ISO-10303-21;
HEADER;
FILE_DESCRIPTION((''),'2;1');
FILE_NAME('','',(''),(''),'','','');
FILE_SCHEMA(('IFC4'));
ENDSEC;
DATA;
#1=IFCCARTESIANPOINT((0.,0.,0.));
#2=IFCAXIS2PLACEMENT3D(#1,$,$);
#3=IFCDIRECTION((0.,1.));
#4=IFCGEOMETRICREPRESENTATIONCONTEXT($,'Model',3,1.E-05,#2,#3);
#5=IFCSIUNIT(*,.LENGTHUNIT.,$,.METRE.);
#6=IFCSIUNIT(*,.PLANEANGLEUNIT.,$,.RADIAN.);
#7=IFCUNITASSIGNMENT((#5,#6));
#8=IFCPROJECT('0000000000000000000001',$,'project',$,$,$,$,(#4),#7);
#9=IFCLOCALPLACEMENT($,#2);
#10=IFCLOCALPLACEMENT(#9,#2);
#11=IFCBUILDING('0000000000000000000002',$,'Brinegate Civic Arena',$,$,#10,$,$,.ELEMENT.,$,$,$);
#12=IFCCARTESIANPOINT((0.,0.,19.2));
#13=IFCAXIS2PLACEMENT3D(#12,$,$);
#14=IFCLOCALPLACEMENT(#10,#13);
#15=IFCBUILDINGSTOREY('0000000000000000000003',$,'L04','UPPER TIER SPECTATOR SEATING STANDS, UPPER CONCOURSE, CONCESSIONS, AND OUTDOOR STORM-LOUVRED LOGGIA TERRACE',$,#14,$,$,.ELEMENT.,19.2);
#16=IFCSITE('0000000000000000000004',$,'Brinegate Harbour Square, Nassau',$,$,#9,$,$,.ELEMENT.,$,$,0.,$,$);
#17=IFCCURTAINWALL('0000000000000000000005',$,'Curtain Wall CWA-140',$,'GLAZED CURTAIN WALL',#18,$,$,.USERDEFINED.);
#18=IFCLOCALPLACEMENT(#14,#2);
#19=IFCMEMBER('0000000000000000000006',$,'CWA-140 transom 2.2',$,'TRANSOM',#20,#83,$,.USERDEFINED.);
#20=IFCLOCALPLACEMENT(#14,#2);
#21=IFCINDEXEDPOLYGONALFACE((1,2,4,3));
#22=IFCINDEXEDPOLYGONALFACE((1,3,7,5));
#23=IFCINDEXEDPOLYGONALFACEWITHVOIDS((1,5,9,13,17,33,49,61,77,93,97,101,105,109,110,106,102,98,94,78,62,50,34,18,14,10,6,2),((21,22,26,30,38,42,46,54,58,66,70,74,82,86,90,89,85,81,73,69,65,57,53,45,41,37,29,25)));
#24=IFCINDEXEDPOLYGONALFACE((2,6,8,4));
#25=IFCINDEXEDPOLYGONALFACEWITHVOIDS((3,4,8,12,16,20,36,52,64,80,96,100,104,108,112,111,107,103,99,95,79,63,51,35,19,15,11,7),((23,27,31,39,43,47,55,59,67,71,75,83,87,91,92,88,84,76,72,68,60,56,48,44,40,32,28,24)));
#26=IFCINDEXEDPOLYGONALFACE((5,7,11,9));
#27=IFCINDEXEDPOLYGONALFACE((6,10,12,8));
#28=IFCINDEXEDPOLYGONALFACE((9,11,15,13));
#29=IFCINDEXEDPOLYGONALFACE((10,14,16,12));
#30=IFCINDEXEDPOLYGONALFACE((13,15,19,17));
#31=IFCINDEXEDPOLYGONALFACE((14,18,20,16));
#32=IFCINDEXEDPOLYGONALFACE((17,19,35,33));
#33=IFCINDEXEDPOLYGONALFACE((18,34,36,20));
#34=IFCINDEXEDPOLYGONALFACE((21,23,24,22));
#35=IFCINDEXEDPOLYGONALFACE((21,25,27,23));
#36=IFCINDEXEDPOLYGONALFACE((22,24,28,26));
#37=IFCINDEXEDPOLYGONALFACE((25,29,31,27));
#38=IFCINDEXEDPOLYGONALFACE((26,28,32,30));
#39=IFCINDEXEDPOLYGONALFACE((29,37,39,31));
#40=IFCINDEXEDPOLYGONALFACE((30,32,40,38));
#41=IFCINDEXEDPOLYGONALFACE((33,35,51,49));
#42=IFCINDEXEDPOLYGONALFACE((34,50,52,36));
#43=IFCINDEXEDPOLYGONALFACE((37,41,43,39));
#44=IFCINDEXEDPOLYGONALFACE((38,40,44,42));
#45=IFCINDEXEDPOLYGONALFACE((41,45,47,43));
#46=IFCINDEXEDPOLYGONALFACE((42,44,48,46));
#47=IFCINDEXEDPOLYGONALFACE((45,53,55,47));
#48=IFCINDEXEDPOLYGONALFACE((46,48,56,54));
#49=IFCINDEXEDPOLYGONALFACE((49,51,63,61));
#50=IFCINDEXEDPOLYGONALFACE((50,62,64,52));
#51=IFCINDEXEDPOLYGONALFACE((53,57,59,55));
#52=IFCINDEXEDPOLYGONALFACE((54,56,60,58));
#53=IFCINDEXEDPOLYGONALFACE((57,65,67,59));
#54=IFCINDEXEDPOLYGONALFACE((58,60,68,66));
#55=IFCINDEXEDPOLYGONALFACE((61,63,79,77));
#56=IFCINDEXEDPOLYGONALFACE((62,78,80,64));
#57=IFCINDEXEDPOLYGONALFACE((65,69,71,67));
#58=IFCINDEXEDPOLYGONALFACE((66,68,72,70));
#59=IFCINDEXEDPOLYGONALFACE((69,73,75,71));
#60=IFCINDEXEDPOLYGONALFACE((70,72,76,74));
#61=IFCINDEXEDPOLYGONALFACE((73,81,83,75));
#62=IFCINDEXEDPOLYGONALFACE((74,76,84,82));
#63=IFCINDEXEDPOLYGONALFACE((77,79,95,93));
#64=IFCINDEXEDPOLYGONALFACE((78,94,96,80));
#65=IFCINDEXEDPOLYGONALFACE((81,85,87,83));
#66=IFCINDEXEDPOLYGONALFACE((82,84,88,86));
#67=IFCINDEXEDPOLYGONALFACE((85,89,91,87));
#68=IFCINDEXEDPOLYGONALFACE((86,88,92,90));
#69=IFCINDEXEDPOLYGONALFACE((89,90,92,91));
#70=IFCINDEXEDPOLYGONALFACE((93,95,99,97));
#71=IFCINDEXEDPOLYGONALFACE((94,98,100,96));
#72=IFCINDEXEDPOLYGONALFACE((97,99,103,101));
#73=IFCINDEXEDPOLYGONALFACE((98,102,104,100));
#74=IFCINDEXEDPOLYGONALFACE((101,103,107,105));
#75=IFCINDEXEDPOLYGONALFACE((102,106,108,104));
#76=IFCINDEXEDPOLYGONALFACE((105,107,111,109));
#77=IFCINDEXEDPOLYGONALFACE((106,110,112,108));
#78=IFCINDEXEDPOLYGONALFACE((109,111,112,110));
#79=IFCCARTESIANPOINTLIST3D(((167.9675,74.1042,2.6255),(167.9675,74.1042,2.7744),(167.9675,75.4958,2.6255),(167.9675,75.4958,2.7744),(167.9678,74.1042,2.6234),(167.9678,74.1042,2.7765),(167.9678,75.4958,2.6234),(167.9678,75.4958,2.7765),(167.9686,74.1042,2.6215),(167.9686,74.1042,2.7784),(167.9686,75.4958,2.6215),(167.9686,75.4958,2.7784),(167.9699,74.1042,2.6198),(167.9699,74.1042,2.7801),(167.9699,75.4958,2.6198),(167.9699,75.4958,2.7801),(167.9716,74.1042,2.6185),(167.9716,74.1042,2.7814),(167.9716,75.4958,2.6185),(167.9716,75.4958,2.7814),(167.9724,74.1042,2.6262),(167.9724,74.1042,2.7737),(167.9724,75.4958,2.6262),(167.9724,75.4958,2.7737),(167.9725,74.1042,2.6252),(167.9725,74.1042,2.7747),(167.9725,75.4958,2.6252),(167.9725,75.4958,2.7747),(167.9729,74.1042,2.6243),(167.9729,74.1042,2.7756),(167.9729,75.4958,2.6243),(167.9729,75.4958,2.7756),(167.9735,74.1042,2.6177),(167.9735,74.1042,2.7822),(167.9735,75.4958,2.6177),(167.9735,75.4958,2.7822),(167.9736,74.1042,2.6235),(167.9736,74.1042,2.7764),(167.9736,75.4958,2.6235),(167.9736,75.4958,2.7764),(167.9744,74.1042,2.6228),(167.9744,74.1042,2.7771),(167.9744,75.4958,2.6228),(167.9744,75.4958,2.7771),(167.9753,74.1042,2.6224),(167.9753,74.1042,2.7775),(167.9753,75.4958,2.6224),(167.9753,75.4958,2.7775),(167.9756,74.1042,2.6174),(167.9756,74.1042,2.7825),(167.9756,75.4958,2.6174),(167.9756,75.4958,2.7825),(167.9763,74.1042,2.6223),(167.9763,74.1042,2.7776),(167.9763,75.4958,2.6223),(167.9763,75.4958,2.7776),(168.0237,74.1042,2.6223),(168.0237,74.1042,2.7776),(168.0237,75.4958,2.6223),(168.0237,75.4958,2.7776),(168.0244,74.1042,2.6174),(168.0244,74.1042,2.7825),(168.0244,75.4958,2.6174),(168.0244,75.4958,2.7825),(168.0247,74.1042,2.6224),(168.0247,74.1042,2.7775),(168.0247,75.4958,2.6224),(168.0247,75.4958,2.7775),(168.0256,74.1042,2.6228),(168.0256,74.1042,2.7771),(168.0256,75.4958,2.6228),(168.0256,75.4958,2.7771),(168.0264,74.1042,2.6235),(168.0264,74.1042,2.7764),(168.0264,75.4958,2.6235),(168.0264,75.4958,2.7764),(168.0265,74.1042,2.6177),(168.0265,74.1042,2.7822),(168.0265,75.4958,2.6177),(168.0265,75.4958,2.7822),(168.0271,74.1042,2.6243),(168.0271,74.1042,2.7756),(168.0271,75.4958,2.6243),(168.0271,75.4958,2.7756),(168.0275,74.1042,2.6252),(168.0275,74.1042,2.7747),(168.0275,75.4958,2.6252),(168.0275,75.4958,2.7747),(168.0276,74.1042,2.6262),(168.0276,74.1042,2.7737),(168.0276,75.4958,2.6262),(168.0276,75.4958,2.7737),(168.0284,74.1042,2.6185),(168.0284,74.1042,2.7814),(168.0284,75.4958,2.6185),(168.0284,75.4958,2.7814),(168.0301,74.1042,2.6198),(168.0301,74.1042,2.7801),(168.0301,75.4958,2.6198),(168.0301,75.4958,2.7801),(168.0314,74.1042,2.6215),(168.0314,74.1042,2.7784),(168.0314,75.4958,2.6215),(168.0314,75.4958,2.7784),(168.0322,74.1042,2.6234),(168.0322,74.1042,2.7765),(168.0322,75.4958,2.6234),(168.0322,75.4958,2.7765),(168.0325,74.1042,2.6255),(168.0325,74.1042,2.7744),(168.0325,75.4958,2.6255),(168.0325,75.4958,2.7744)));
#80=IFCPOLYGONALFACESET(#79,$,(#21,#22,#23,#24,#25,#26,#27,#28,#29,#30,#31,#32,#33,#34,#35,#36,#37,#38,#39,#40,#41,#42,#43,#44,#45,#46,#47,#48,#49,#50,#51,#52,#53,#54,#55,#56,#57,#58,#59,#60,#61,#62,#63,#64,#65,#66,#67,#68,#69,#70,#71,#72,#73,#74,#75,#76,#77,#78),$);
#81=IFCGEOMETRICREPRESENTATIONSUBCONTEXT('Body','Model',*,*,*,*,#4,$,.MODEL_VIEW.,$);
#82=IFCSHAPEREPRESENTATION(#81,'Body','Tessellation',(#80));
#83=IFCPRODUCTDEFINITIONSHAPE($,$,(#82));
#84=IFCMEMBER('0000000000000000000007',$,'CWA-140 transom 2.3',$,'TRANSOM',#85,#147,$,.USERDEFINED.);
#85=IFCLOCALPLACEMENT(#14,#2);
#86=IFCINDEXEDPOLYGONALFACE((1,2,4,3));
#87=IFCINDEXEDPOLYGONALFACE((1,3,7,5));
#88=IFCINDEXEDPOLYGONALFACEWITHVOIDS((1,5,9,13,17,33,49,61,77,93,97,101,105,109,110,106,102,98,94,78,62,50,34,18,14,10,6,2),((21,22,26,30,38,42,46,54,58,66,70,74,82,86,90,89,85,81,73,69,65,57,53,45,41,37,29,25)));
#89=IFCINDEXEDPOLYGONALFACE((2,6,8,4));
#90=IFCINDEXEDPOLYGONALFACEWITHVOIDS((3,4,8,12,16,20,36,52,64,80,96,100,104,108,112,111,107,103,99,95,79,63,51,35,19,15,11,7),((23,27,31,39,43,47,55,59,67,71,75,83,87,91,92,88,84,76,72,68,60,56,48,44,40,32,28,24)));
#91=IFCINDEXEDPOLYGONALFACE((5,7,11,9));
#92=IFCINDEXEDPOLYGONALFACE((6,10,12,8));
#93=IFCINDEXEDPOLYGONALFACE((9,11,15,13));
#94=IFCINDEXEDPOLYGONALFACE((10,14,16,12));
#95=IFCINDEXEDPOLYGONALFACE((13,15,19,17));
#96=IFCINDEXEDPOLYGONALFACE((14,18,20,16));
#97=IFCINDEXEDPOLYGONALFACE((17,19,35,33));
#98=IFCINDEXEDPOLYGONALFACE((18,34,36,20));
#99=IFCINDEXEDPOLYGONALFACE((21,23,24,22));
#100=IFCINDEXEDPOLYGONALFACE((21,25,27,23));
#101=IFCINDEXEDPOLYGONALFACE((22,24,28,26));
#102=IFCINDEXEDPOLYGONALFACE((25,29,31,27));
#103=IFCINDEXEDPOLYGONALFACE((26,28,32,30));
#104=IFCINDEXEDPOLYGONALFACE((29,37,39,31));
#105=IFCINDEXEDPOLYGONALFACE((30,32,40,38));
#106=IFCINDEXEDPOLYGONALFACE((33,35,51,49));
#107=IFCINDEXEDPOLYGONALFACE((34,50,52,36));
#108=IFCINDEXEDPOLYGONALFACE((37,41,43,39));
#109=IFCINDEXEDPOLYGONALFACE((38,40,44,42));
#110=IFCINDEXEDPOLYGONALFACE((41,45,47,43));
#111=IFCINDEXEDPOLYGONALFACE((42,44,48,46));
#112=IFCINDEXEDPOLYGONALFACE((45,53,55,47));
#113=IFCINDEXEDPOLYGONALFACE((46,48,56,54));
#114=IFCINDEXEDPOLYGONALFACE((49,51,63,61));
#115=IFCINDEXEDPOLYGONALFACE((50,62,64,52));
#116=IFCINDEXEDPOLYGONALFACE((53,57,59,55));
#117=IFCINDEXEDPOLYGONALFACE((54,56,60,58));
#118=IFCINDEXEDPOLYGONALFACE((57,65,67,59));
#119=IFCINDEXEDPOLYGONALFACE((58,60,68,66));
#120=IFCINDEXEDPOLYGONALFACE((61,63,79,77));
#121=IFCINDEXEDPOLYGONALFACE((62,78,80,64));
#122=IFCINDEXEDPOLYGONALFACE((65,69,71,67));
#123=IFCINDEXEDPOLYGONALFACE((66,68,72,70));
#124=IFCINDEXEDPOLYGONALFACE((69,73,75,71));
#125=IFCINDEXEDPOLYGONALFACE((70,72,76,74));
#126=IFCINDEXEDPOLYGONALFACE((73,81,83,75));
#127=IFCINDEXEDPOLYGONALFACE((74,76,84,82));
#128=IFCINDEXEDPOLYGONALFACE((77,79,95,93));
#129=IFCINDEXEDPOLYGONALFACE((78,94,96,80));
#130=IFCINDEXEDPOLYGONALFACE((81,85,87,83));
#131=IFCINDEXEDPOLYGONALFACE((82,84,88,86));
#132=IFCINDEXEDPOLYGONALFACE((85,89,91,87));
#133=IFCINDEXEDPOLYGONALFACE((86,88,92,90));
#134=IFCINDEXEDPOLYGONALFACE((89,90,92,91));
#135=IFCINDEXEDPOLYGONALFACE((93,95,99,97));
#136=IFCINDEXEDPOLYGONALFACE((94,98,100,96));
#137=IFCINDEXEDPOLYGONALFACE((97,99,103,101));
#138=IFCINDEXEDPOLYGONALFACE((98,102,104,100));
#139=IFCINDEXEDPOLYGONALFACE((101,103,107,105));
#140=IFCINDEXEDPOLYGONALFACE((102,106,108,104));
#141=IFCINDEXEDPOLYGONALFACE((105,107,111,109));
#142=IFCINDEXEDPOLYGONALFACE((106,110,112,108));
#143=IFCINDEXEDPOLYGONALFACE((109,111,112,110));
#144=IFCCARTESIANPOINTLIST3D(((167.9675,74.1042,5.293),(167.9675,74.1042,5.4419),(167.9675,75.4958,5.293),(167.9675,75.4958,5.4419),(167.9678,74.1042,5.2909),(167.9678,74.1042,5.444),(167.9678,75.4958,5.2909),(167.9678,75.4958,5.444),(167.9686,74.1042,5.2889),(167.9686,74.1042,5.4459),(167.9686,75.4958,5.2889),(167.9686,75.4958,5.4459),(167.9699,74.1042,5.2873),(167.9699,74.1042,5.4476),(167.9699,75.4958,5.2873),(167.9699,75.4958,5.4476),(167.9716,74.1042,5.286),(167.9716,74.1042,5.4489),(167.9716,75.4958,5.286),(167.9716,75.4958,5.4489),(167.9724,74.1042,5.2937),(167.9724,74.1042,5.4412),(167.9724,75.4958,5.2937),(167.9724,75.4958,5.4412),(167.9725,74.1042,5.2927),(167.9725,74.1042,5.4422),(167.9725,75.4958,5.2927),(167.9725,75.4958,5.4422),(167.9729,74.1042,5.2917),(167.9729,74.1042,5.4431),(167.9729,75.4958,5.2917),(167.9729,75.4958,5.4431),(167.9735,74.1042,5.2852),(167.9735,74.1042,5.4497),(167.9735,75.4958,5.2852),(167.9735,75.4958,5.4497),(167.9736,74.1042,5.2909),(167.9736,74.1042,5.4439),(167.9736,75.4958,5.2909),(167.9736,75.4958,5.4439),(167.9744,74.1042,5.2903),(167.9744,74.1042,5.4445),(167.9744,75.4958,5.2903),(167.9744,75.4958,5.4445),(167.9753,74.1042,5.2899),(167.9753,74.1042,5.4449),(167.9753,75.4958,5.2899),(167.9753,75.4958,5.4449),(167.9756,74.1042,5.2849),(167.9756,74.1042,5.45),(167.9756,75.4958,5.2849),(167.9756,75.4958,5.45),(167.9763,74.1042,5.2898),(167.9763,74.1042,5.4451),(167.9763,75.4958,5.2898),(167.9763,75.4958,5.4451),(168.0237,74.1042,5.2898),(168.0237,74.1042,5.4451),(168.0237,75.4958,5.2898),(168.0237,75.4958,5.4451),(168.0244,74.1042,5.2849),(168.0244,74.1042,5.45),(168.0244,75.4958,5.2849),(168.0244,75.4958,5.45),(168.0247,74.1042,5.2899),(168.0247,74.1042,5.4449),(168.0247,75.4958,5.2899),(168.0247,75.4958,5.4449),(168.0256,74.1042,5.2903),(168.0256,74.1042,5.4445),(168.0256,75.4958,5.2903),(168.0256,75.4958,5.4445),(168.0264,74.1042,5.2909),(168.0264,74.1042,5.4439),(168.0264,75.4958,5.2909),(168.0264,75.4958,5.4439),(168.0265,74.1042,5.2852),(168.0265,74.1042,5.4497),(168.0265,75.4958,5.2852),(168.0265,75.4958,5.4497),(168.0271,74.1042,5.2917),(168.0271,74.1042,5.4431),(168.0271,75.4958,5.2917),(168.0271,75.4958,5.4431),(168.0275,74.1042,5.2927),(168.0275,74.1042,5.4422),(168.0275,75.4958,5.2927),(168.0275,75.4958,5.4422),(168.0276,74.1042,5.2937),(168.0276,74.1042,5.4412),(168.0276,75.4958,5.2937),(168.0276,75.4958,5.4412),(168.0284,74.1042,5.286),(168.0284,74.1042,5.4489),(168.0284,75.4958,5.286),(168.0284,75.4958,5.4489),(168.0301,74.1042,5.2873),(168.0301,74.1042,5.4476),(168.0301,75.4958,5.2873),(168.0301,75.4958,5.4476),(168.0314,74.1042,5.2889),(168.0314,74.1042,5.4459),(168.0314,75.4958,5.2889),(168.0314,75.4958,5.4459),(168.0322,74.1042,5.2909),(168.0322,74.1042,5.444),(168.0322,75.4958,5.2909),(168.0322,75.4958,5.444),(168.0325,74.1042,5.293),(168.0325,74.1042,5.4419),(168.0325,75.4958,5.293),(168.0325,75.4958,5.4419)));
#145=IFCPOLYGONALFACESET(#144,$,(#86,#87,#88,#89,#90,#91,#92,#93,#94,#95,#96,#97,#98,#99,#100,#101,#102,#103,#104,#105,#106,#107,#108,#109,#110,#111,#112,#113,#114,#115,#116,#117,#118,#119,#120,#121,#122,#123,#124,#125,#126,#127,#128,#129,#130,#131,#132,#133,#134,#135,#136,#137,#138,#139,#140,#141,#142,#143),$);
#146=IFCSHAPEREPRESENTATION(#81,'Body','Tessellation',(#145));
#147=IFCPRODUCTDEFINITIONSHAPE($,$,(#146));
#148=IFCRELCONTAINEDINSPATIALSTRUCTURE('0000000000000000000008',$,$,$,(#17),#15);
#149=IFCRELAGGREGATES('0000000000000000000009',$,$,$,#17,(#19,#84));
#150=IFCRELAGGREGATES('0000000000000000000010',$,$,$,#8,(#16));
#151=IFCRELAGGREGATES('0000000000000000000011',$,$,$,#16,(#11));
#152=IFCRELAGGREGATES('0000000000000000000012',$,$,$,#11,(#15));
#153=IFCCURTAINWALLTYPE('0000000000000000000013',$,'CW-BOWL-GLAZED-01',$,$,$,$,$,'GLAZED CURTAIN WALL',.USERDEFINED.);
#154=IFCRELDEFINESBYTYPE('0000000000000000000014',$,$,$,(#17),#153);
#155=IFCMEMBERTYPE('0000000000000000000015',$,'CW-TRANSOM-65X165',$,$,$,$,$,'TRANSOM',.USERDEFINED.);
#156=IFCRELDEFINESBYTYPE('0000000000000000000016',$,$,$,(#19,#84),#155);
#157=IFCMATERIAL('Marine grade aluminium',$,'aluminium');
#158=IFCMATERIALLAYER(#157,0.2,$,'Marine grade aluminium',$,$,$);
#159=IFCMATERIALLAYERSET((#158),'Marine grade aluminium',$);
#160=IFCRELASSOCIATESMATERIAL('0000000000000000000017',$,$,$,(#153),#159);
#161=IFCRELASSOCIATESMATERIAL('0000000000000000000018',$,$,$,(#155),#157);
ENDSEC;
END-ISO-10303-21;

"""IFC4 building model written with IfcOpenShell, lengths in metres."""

from ifc_helpers import new_model, si_unit, direction, frame, origin, origin_2d, place, context, subcontext, project, spatial, hollow_rectangle, extrude, material, layer, layer_set, material_profile, profile_set, type_object, element, aggregate, save


model = new_model("IFC4")

# Units and contexts
model_context = context("Model", 3, precision=1e-05, world=origin(), true_north=direction((0.0, 1.0)))
body_context = subcontext(model_context, "Body", "Model", "MODEL_VIEW")
ifc_project = project(units=[si_unit("LENGTHUNIT", "METRE"), si_unit("PLANEANGLEUNIT", "RADIAN")], contexts=[model_context])

# Site, building, storey
site_placement = place(None, origin())
site = spatial("IfcSite", under=ifc_project, at=site_placement, Name="Brinegate Harbour Square, Nassau", CompositionType="ELEMENT", RefElevation=0.0)
building_placement = place(site_placement, origin())
building = spatial("IfcBuilding", under=site, at=building_placement, Name="Brinegate Civic Arena", CompositionType="ELEMENT")
storey_placement = place(building_placement, frame((0.0, 0.0, 19.2)))
storey = spatial("IfcBuildingStorey", under=building, at=storey_placement, Name="L04", Description="UPPER TIER SPECTATOR SEATING STANDS, UPPER CONCOURSE, CONCESSIONS, AND OUTDOOR STORM-LOUVRED LOGGIA TERRACE", CompositionType="ELEMENT", Elevation=19.2)

# Curtain wall
ifc_material_1 = material(Name="Marine grade aluminium", Category="aluminium")
ifc_layer_1 = layer(ifc_material_1, 0.2, Name="Marine grade aluminium")
ifc_layer_set_1 = layer_set([ifc_layer_1], Name="Marine grade aluminium")
curtain_wall_type = type_object("IfcCurtainWallType", Name="CW-BOWL-GLAZED-01", ElementType="GLAZED CURTAIN WALL", PredefinedType="USERDEFINED", material=ifc_layer_set_1)
curtain_wall_1_placement = place(storey_placement, origin())
curtain_wall_1 = element("IfcCurtainWall", 1, at=curtain_wall_1_placement, inside=storey, type_object=curtain_wall_type, Name="Curtain Wall CWA-140", ObjectType="GLAZED CURTAIN WALL", PredefinedType="USERDEFINED")

# Members
ifc_material_profile_1 = material_profile(ifc_material_1, hollow_rectangle(XDim=0.0649, YDim=0.165, WallThickness=0.0049, InnerFilletRadius=0.0039, OuterFilletRadius=0.0081, at=origin_2d()), Name="TRN65X165")
ifc_profile_set_1 = profile_set([ifc_material_profile_1], Name="Marine grade aluminium")
member_type_1 = type_object("IfcMemberType", Name="CW-TRANSOM-65X165", ElementType="TRANSOM", PredefinedType="USERDEFINED", material=ifc_profile_set_1)
member_1_placement = place(storey_placement, frame((168.0, 74.1042, 2.7), z_axis=(0.0, 1.0, 0.0), x_axis=(-1.0, 0.0, 0.0)))
member_1 = element("IfcMember", 2, at=member_1_placement, type_object=member_type_1, Name="CWA-140 transom 2.2", ObjectType="TRANSOM", PredefinedType="USERDEFINED", context=body_context, shape_type="SweptSolid", body=[
    extrude(hollow_rectangle(XDim=0.0649, YDim=0.165, WallThickness=0.0049, InnerFilletRadius=0.0039, OuterFilletRadius=0.0081, at=origin_2d()), origin(), (0.0, 0.0, 1.0), 1.3916),
])
member_2_placement = place(storey_placement, frame((168.0, 74.1042, 5.3674), z_axis=(0.0, 1.0, 0.0), x_axis=(-1.0, 0.0, 0.0)))
member_2 = element("IfcMember", 3, at=member_2_placement, type_object=member_type_1, Name="CWA-140 transom 2.3", ObjectType="TRANSOM", PredefinedType="USERDEFINED", context=body_context, shape_type="SweptSolid", body=[
    extrude(hollow_rectangle(XDim=0.0649, YDim=0.165, WallThickness=0.0049, InnerFilletRadius=0.0039, OuterFilletRadius=0.0081, at=origin_2d()), origin(), (0.0, 0.0, 1.0), 1.3916),
])

aggregate(curtain_wall_1, [member_1, member_2])

save(model, "model.ifc")
